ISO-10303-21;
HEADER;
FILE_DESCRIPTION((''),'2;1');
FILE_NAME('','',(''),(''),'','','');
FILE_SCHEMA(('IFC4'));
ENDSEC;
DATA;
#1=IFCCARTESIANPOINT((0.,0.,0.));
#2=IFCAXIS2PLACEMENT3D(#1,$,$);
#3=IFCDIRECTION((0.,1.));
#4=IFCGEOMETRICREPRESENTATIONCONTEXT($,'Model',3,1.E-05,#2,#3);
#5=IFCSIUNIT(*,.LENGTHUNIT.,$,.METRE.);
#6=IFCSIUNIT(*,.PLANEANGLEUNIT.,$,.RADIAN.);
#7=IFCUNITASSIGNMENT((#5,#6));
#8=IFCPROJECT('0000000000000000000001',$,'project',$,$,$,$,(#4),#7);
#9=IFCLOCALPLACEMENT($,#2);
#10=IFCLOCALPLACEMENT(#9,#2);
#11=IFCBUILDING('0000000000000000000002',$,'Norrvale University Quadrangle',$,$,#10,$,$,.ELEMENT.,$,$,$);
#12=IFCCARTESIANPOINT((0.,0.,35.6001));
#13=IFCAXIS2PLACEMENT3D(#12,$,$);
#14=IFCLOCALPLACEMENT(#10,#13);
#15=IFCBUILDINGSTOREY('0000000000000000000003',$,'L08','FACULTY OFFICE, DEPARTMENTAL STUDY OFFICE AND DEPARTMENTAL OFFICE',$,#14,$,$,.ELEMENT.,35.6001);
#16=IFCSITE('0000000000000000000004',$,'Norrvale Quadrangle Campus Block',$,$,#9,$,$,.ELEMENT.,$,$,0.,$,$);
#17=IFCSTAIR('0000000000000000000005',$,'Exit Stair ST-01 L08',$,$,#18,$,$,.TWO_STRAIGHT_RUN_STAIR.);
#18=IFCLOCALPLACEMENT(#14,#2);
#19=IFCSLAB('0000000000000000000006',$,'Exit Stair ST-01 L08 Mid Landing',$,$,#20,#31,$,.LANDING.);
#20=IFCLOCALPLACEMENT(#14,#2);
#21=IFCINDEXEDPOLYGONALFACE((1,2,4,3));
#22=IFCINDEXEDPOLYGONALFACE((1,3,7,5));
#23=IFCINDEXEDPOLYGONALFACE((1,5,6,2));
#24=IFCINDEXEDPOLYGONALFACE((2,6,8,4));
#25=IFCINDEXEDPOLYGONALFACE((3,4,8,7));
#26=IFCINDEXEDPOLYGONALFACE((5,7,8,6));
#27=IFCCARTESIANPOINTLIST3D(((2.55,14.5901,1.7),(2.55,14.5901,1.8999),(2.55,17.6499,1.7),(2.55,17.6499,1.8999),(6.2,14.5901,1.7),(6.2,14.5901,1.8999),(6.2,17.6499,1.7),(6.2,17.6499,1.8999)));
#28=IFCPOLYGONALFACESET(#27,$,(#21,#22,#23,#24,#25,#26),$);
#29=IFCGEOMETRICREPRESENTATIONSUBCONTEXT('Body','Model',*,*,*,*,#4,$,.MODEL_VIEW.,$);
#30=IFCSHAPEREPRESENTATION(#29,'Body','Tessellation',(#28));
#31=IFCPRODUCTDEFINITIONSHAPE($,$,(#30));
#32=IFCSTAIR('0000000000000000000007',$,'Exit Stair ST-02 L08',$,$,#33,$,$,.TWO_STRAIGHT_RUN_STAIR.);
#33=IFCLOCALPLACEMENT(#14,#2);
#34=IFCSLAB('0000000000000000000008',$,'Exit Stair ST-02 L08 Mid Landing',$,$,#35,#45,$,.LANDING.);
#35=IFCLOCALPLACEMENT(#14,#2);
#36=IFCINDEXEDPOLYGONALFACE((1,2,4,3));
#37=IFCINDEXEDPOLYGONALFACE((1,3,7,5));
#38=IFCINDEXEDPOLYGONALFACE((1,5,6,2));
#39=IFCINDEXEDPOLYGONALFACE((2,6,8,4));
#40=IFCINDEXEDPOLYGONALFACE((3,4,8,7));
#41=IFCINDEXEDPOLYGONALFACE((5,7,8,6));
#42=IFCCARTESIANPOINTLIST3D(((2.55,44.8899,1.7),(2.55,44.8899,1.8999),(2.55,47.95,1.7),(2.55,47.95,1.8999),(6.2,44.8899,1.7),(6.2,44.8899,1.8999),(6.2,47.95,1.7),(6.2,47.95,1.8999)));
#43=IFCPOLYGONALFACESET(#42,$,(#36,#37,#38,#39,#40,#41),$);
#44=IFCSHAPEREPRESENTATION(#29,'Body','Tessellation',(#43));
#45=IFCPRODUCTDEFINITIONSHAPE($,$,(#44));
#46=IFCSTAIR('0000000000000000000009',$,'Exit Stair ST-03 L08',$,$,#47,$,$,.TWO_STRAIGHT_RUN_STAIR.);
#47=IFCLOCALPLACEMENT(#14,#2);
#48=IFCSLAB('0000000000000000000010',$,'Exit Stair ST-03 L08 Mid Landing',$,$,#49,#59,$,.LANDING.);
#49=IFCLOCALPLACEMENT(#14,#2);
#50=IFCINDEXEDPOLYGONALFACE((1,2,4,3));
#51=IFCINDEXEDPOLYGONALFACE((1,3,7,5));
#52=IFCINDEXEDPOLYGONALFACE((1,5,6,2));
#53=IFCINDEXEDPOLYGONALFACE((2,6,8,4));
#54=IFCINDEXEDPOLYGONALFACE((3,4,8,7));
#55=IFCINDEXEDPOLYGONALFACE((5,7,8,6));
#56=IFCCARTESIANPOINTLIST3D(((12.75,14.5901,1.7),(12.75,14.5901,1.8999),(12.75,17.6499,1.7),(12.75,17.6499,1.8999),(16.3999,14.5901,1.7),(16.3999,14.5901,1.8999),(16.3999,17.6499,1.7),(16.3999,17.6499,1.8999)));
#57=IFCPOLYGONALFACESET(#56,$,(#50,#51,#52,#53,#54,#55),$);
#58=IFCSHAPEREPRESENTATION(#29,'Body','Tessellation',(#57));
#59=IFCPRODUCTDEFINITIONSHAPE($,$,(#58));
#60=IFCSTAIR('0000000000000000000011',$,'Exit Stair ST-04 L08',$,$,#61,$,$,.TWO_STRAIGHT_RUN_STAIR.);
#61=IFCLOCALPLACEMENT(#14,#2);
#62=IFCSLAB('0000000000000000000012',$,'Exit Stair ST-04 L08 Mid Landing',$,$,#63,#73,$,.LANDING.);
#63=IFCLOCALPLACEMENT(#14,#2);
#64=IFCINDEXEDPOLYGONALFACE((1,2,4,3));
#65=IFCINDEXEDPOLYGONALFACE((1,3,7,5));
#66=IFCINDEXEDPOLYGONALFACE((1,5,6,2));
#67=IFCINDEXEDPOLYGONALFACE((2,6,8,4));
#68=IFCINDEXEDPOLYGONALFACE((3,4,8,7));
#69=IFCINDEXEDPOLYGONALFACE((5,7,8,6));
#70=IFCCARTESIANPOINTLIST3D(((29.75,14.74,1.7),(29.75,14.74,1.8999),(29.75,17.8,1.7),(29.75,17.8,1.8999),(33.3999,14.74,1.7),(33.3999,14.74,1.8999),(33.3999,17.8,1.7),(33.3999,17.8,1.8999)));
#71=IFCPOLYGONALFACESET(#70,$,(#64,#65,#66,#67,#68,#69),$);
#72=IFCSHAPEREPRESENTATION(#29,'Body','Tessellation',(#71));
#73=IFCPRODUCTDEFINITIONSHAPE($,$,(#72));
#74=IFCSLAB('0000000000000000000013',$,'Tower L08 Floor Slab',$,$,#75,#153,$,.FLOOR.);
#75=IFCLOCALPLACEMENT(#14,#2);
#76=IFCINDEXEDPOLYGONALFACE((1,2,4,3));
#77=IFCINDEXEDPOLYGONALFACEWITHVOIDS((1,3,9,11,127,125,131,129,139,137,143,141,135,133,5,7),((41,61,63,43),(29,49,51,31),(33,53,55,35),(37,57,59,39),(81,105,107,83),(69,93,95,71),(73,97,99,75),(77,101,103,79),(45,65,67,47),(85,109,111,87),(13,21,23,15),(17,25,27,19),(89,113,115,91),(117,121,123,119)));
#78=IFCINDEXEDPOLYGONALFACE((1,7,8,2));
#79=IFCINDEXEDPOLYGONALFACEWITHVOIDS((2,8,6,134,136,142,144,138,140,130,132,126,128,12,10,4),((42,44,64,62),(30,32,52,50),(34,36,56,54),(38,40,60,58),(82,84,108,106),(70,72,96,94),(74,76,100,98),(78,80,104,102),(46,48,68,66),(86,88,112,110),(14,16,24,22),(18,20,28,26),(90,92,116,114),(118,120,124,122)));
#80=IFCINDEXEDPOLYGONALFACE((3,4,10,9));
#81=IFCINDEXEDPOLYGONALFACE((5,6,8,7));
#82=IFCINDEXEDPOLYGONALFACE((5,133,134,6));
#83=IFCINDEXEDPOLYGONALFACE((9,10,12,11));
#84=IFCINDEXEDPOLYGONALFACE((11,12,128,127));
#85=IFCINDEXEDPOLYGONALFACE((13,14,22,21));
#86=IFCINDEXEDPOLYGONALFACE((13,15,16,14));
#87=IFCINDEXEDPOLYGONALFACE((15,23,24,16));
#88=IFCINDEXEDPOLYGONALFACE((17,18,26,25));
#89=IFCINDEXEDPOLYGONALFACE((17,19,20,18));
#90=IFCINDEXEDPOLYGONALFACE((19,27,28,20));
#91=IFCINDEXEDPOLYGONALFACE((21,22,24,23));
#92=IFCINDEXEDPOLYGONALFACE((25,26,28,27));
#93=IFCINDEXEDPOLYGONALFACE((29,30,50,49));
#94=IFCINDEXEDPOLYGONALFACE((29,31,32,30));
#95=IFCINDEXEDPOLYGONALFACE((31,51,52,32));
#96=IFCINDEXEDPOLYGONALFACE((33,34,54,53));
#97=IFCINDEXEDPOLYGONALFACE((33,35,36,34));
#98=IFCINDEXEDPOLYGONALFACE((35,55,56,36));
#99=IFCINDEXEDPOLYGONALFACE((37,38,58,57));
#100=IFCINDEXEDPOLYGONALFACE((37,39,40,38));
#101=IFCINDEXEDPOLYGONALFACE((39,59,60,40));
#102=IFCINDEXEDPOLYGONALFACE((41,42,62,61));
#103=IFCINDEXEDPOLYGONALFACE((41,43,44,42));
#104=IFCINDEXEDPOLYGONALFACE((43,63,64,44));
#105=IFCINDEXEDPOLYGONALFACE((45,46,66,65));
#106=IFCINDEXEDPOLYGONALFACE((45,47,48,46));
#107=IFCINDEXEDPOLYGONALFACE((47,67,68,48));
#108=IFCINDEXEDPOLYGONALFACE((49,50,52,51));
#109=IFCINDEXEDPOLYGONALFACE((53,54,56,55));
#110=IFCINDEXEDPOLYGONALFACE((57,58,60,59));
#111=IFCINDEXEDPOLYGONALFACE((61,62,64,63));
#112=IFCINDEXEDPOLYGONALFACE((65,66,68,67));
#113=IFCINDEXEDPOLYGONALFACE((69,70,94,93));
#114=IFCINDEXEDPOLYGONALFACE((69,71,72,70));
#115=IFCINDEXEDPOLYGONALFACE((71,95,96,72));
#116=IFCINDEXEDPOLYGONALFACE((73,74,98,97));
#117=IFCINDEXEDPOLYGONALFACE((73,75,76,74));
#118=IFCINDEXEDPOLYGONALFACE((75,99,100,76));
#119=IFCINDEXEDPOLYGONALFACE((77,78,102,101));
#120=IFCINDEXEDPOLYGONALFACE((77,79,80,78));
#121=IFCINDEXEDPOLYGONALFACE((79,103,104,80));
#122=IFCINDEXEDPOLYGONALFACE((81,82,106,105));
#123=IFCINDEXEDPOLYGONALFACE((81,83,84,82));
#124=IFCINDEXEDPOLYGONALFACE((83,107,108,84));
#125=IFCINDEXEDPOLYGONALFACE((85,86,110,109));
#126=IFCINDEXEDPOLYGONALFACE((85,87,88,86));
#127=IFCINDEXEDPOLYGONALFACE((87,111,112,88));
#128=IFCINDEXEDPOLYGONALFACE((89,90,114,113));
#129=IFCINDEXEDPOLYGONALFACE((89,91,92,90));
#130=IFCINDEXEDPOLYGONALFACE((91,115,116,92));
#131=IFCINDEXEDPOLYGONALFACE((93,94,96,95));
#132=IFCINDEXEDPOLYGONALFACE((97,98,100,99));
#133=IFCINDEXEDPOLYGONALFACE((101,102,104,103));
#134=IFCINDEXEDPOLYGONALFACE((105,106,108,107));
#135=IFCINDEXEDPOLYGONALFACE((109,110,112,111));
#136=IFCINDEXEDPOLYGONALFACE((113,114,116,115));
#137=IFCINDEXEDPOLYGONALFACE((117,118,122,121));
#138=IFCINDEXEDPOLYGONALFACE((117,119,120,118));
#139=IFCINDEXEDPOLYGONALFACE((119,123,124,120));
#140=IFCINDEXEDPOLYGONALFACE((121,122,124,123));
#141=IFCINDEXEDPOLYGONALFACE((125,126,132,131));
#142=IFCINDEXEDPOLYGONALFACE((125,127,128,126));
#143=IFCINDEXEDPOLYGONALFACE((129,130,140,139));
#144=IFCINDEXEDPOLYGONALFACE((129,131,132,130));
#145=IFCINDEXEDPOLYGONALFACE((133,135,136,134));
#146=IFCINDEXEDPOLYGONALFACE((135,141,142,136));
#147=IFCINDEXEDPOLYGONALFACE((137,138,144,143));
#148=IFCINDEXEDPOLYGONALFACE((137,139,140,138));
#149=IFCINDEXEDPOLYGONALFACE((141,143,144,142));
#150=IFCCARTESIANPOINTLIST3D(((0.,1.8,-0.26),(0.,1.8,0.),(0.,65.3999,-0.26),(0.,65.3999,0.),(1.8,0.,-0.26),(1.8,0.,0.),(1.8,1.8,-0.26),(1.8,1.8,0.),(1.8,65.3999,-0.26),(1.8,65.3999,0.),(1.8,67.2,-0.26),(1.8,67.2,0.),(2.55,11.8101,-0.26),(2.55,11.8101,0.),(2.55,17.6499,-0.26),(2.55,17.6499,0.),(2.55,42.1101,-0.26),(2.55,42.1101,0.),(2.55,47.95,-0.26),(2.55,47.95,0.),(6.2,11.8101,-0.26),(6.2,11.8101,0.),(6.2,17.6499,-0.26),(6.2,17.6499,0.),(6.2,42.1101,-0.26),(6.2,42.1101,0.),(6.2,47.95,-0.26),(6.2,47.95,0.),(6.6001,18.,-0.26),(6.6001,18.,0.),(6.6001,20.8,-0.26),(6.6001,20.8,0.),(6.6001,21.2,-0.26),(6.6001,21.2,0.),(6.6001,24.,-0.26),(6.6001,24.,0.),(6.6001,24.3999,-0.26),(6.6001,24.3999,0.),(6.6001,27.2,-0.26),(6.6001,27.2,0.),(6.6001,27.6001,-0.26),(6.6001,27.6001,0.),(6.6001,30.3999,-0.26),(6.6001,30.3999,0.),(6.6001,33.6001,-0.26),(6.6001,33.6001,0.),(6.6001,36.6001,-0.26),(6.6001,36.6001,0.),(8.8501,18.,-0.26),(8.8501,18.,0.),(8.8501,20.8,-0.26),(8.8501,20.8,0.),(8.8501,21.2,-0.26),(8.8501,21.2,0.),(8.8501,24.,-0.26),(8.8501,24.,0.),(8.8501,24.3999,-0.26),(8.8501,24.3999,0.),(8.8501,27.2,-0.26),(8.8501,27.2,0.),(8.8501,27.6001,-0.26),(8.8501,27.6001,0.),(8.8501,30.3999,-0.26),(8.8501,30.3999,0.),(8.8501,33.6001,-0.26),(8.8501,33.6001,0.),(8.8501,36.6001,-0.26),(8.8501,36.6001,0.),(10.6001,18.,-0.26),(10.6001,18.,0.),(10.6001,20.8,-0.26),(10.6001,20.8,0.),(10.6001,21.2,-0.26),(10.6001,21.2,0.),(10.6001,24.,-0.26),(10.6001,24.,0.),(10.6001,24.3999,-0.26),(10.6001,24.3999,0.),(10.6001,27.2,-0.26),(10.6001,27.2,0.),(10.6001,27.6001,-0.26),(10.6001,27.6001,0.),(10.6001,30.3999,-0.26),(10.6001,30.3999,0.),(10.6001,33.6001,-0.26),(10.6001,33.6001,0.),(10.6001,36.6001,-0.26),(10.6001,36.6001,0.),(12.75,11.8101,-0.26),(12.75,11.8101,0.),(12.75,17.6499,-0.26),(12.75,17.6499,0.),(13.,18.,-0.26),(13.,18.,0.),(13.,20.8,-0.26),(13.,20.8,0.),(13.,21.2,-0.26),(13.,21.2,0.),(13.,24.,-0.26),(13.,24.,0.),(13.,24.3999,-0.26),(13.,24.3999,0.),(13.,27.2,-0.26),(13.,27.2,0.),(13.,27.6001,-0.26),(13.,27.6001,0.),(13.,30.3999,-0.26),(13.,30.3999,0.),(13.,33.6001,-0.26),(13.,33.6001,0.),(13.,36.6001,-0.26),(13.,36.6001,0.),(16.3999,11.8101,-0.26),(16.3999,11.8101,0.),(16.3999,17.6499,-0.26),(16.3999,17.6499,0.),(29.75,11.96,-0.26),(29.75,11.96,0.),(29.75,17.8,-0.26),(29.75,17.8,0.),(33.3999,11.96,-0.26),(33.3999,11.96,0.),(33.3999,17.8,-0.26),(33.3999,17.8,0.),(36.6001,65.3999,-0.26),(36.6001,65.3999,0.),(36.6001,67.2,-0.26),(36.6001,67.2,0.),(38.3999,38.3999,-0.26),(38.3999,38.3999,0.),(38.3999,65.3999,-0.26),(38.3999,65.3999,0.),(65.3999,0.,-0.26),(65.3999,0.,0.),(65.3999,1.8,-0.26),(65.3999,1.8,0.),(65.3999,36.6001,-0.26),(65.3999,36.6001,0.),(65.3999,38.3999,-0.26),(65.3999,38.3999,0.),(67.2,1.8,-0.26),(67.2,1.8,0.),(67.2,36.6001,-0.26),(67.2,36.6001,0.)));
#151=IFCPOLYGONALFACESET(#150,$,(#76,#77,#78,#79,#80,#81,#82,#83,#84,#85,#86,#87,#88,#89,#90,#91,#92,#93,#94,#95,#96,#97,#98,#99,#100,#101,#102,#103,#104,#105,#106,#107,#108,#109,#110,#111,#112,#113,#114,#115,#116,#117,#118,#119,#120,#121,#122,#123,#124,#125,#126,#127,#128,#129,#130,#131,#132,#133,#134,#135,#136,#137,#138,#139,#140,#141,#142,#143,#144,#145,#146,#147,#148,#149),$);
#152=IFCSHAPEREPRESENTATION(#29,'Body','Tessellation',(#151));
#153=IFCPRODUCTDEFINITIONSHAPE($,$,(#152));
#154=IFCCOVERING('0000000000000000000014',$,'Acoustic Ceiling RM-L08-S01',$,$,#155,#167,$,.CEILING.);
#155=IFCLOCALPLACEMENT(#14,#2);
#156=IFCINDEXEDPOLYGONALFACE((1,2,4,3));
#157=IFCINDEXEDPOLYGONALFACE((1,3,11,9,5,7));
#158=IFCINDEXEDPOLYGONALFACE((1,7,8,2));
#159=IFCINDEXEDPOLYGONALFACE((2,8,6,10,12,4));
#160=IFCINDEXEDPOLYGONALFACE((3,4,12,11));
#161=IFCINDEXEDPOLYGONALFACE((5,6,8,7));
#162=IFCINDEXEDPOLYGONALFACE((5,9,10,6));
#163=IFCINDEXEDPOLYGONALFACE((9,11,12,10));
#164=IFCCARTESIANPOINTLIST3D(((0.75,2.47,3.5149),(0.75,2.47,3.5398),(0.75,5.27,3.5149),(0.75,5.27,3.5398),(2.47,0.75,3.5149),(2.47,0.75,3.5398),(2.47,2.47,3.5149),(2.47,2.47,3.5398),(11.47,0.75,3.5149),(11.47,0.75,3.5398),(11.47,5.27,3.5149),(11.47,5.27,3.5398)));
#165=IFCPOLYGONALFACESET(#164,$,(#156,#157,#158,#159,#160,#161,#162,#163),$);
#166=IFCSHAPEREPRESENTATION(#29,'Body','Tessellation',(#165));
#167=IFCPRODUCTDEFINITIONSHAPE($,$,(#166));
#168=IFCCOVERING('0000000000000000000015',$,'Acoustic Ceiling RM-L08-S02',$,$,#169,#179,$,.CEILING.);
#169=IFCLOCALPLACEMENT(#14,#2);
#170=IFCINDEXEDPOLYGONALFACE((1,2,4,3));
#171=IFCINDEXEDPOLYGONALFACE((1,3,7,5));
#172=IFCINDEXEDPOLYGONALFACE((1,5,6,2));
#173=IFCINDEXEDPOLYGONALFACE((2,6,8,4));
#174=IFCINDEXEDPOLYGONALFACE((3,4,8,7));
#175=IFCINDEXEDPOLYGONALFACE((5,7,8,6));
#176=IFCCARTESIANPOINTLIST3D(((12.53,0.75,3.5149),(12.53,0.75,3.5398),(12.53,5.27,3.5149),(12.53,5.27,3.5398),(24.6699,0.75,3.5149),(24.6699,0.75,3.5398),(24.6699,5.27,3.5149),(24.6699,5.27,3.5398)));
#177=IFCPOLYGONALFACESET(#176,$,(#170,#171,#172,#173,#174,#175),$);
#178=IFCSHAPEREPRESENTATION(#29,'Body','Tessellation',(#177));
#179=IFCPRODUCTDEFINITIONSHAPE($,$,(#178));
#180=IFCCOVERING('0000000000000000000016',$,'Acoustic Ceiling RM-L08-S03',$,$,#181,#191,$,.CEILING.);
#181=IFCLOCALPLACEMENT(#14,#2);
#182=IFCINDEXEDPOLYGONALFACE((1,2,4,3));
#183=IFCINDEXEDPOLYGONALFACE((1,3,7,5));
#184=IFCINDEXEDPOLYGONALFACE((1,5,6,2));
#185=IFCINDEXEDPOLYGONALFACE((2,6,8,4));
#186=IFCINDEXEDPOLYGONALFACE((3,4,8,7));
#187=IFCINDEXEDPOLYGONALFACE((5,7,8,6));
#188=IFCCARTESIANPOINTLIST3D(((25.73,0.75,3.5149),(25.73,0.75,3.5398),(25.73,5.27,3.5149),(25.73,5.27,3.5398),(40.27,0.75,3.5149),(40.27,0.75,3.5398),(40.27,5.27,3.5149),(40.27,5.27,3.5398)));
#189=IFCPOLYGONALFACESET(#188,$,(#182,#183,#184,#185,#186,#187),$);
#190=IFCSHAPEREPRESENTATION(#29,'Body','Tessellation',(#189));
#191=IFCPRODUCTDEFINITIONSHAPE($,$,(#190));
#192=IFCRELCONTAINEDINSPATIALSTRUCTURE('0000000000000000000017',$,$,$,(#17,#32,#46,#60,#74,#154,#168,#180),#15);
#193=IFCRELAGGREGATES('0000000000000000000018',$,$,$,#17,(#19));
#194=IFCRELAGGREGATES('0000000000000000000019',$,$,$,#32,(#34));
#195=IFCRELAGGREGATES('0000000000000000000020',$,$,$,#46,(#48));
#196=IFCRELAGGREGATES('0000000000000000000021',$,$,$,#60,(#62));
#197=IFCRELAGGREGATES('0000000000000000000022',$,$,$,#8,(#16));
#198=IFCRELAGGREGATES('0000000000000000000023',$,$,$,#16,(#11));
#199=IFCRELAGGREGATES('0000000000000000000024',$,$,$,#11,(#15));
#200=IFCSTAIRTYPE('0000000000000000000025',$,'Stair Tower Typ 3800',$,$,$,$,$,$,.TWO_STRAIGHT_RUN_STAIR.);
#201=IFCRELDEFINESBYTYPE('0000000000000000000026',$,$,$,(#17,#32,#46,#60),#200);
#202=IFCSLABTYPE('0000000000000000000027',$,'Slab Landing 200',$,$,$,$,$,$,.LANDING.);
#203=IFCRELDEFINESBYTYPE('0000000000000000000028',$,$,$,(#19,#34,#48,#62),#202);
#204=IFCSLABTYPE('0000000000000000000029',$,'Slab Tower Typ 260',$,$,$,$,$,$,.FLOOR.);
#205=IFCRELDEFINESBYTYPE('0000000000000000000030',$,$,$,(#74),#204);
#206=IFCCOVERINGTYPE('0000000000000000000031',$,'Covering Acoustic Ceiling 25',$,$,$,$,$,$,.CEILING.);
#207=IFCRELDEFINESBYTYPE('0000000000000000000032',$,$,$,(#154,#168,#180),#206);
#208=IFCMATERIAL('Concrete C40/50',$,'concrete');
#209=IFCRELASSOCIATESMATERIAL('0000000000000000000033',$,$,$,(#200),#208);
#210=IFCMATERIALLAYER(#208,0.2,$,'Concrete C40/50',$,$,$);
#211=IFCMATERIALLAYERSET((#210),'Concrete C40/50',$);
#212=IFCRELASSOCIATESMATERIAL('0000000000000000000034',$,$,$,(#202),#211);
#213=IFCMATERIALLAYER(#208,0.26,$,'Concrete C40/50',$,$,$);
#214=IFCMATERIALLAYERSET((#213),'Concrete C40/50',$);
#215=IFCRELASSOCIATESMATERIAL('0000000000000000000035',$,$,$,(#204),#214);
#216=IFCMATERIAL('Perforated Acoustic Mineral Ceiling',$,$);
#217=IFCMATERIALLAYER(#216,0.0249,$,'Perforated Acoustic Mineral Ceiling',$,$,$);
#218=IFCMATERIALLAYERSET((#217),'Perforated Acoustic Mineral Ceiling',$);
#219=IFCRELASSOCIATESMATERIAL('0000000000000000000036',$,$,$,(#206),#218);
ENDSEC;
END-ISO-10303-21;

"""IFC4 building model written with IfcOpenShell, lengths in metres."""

from ifc_helpers import new_model, si_unit, direction, frame, origin, place, context, subcontext, project, spatial, polyline, outline, extrude, material, layer, layer_set, type_object, element, aggregate, save


model = new_model("IFC4")

# Units and contexts
model_context = context("Model", 3, precision=1e-05, world=origin(), true_north=direction((0.0, 1.0)))
body_context = subcontext(model_context, "Body", "Model", "MODEL_VIEW")
ifc_project = project(units=[si_unit("LENGTHUNIT", "METRE"), si_unit("PLANEANGLEUNIT", "RADIAN")], contexts=[model_context])

# Site, building, storey
site_placement = place(None, origin())
site = spatial("IfcSite", under=ifc_project, at=site_placement, Name="Norrvale Quadrangle Campus Block", CompositionType="ELEMENT", RefElevation=0.0)
building_placement = place(site_placement, origin())
building = spatial("IfcBuilding", under=site, at=building_placement, Name="Norrvale University Quadrangle", CompositionType="ELEMENT")
storey_placement = place(building_placement, frame((0.0, 0.0, 35.6001)))
storey = spatial("IfcBuildingStorey", under=building, at=storey_placement, Name="L08", Description="FACULTY OFFICE, DEPARTMENTAL STUDY OFFICE AND DEPARTMENTAL OFFICE", CompositionType="ELEMENT", Elevation=35.6001)

# Stairs, slabs
ifc_material_1 = material(Name="Concrete C40/50", Category="concrete")
stair_type = type_object("IfcStairType", Name="Stair Tower Typ 3800", PredefinedType="TWO_STRAIGHT_RUN_STAIR", material=ifc_material_1)
stair_1_placement = place(storey_placement, origin())
stair_1 = element("IfcStair", 1, at=stair_1_placement, inside=storey, type_object=stair_type, Name="Exit Stair ST-01 L08", PredefinedType="TWO_STRAIGHT_RUN_STAIR")
ifc_layer_1 = layer(ifc_material_1, 0.2, Name="Concrete C40/50")
ifc_layer_set_1 = layer_set([ifc_layer_1], Name="Concrete C40/50")
slab_type_1 = type_object("IfcSlabType", Name="Slab Landing 200", PredefinedType="LANDING", material=ifc_layer_set_1)
slab_1_placement = place(storey_placement, frame((0.0, 0.0, 1.7)))
slab_1 = element("IfcSlab", 2, at=slab_1_placement, type_object=slab_type_1, Name="Exit Stair ST-01 L08 Mid Landing", PredefinedType="LANDING", context=body_context, shape_type="SweptSolid", body=[
    extrude(outline(polyline([(2.55, 14.5901), (6.2, 14.5901), (6.2, 17.6499), (2.55, 17.6499), (2.55, 14.5901)])), origin(), (0.0, 0.0, 1.0), 0.2),
])
aggregate(stair_1, [slab_1])
stair_2_placement = place(storey_placement, origin())
stair_2 = element("IfcStair", 3, at=stair_2_placement, inside=storey, type_object=stair_type, Name="Exit Stair ST-02 L08", PredefinedType="TWO_STRAIGHT_RUN_STAIR")
slab_2_placement = place(storey_placement, frame((0.0, 0.0, 1.7)))
slab_2 = element("IfcSlab", 4, at=slab_2_placement, type_object=slab_type_1, Name="Exit Stair ST-02 L08 Mid Landing", PredefinedType="LANDING", context=body_context, shape_type="SweptSolid", body=[
    extrude(outline(polyline([(2.55, 44.8899), (6.2, 44.8899), (6.2, 47.95), (2.55, 47.95), (2.55, 44.8899)])), origin(), (0.0, 0.0, 1.0), 0.2),
])
aggregate(stair_2, [slab_2])
stair_3_placement = place(storey_placement, origin())
stair_3 = element("IfcStair", 5, at=stair_3_placement, inside=storey, type_object=stair_type, Name="Exit Stair ST-03 L08", PredefinedType="TWO_STRAIGHT_RUN_STAIR")
slab_3_placement = place(storey_placement, frame((0.0, 0.0, 1.7)))
slab_3 = element("IfcSlab", 6, at=slab_3_placement, type_object=slab_type_1, Name="Exit Stair ST-03 L08 Mid Landing", PredefinedType="LANDING", context=body_context, shape_type="SweptSolid", body=[
    extrude(outline(polyline([(12.75, 14.5901), (16.3999, 14.5901), (16.3999, 17.6499), (12.75, 17.6499), (12.75, 14.5901)])), origin(), (0.0, 0.0, 1.0), 0.2),
])
aggregate(stair_3, [slab_3])
stair_4_placement = place(storey_placement, origin())
stair_4 = element("IfcStair", 7, at=stair_4_placement, inside=storey, type_object=stair_type, Name="Exit Stair ST-04 L08", PredefinedType="TWO_STRAIGHT_RUN_STAIR")
slab_4_placement = place(storey_placement, frame((0.0, 0.0, 1.7)))
slab_4 = element("IfcSlab", 8, at=slab_4_placement, type_object=slab_type_1, Name="Exit Stair ST-04 L08 Mid Landing", PredefinedType="LANDING", context=body_context, shape_type="SweptSolid", body=[
    extrude(outline(polyline([(29.75, 14.74), (33.3999, 14.74), (33.3999, 17.8), (29.75, 17.8), (29.75, 14.74)])), origin(), (0.0, 0.0, 1.0), 0.2),
])
aggregate(stair_4, [slab_4])

# Slab
ifc_layer_2 = layer(ifc_material_1, 0.26, Name="Concrete C40/50")
ifc_layer_set_2 = layer_set([ifc_layer_2], Name="Concrete C40/50")
slab_type_2 = type_object("IfcSlabType", Name="Slab Tower Typ 260", PredefinedType="FLOOR", material=ifc_layer_set_2)
slab_5_placement = place(storey_placement, frame((0.0, 0.0, -0.26)))
element("IfcSlab", 9, at=slab_5_placement, inside=storey, type_object=slab_type_2, Name="Tower L08 Floor Slab", PredefinedType="FLOOR", context=body_context, shape_type="SweptSolid", body=[
    extrude(outline(polyline([(1.8, 0.0), (65.3999, 0.0), (65.3999, 1.8), (67.2, 1.8), (67.2, 36.6001), (65.3999, 36.6001), (65.3999, 38.3999), (38.3999, 38.3999), (38.3999, 65.3999), (36.6001, 65.3999), (36.6001, 67.2), (1.8, 67.2), (1.8, 65.3999), (0.0, 65.3999), (0.0, 1.8), (1.8, 1.8), (1.8, 0.0)]), holes=[polyline([(2.55, 11.8101), (6.2, 11.8101), (6.2, 17.6499), (2.55, 17.6499), (2.55, 11.8101)]), polyline([(2.55, 42.1101), (6.2, 42.1101), (6.2, 47.95), (2.55, 47.95), (2.55, 42.1101)]), polyline([(12.75, 11.8101), (16.3999, 11.8101), (16.3999, 17.6499), (12.75, 17.6499), (12.75, 11.8101)]), polyline([(29.75, 11.96), (33.3999, 11.96), (33.3999, 17.8), (29.75, 17.8), (29.75, 11.96)]), polyline([(6.6001, 18.0), (8.8501, 18.0), (8.8501, 20.8), (6.6001, 20.8), (6.6001, 18.0)]), polyline([(6.6001, 21.2), (8.8501, 21.2), (8.8501, 24.0), (6.6001, 24.0), (6.6001, 21.2)]), polyline([(6.6001, 24.3999), (8.8501, 24.3999), (8.8501, 27.2), (6.6001, 27.2), (6.6001, 24.3999)]), polyline([(6.6001, 27.6001), (8.8501, 27.6001), (8.8501, 30.3999), (6.6001, 30.3999), (6.6001, 27.6001)]), polyline([(10.6001, 18.0), (13.0, 18.0), (13.0, 20.8), (10.6001, 20.8), (10.6001, 18.0)]), polyline([(10.6001, 21.2), (13.0, 21.2), (13.0, 24.0), (10.6001, 24.0), (10.6001, 21.2)]), polyline([(10.6001, 24.3999), (13.0, 24.3999), (13.0, 27.2), (10.6001, 27.2), (10.6001, 24.3999)]), polyline([(10.6001, 27.6001), (13.0, 27.6001), (13.0, 30.3999), (10.6001, 30.3999), (10.6001, 27.6001)]), polyline([(6.6001, 33.6001), (8.8501, 33.6001), (8.8501, 36.6001), (6.6001, 36.6001), (6.6001, 33.6001)]), polyline([(10.6001, 33.6001), (13.0, 33.6001), (13.0, 36.6001), (10.6001, 36.6001), (10.6001, 33.6001)])]), origin(), (0.0, 0.0, 1.0), 0.26),
])

# Coverings
ifc_material_2 = material(Name="Perforated Acoustic Mineral Ceiling")
ifc_layer_3 = layer(ifc_material_2, 0.0249, Name="Perforated Acoustic Mineral Ceiling")
ifc_layer_set_3 = layer_set([ifc_layer_3], Name="Perforated Acoustic Mineral Ceiling")
covering_type_1 = type_object("IfcCoveringType", Name="Covering Acoustic Ceiling 25", PredefinedType="CEILING", material=ifc_layer_set_3)
covering_1_placement = place(storey_placement, frame((0.0, 0.0, 3.5149)))
element("IfcCovering", 10, at=covering_1_placement, inside=storey, type_object=covering_type_1, Name="Acoustic Ceiling RM-L08-S01", PredefinedType="CEILING", context=body_context, shape_type="SweptSolid", body=[
    extrude(outline(polyline([(0.75, 5.27), (11.47, 5.27), (11.47, 0.75), (2.47, 0.75), (2.47, 2.47), (0.75, 2.47), (0.75, 5.27)])), origin(), (0.0, 0.0, 1.0), 0.0249),
])
covering_2_placement = place(storey_placement, frame((0.0, 0.0, 3.5149)))
element("IfcCovering", 11, at=covering_2_placement, inside=storey, type_object=covering_type_1, Name="Acoustic Ceiling RM-L08-S02", PredefinedType="CEILING", context=body_context, shape_type="SweptSolid", body=[
    extrude(outline(polyline([(12.53, 5.27), (24.6699, 5.27), (24.6699, 0.75), (12.53, 0.75), (12.53, 5.27)])), origin(), (0.0, 0.0, 1.0), 0.0249),
])
covering_3_placement = place(storey_placement, frame((0.0, 0.0, 3.5149)))
element("IfcCovering", 12, at=covering_3_placement, inside=storey, type_object=covering_type_1, Name="Acoustic Ceiling RM-L08-S03", PredefinedType="CEILING", context=body_context, shape_type="SweptSolid", body=[
    extrude(outline(polyline([(25.73, 5.27), (40.27, 5.27), (40.27, 0.75), (25.73, 0.75), (25.73, 5.27)])), origin(), (0.0, 0.0, 1.0), 0.0249),
])

save(model, "model.ifc")
